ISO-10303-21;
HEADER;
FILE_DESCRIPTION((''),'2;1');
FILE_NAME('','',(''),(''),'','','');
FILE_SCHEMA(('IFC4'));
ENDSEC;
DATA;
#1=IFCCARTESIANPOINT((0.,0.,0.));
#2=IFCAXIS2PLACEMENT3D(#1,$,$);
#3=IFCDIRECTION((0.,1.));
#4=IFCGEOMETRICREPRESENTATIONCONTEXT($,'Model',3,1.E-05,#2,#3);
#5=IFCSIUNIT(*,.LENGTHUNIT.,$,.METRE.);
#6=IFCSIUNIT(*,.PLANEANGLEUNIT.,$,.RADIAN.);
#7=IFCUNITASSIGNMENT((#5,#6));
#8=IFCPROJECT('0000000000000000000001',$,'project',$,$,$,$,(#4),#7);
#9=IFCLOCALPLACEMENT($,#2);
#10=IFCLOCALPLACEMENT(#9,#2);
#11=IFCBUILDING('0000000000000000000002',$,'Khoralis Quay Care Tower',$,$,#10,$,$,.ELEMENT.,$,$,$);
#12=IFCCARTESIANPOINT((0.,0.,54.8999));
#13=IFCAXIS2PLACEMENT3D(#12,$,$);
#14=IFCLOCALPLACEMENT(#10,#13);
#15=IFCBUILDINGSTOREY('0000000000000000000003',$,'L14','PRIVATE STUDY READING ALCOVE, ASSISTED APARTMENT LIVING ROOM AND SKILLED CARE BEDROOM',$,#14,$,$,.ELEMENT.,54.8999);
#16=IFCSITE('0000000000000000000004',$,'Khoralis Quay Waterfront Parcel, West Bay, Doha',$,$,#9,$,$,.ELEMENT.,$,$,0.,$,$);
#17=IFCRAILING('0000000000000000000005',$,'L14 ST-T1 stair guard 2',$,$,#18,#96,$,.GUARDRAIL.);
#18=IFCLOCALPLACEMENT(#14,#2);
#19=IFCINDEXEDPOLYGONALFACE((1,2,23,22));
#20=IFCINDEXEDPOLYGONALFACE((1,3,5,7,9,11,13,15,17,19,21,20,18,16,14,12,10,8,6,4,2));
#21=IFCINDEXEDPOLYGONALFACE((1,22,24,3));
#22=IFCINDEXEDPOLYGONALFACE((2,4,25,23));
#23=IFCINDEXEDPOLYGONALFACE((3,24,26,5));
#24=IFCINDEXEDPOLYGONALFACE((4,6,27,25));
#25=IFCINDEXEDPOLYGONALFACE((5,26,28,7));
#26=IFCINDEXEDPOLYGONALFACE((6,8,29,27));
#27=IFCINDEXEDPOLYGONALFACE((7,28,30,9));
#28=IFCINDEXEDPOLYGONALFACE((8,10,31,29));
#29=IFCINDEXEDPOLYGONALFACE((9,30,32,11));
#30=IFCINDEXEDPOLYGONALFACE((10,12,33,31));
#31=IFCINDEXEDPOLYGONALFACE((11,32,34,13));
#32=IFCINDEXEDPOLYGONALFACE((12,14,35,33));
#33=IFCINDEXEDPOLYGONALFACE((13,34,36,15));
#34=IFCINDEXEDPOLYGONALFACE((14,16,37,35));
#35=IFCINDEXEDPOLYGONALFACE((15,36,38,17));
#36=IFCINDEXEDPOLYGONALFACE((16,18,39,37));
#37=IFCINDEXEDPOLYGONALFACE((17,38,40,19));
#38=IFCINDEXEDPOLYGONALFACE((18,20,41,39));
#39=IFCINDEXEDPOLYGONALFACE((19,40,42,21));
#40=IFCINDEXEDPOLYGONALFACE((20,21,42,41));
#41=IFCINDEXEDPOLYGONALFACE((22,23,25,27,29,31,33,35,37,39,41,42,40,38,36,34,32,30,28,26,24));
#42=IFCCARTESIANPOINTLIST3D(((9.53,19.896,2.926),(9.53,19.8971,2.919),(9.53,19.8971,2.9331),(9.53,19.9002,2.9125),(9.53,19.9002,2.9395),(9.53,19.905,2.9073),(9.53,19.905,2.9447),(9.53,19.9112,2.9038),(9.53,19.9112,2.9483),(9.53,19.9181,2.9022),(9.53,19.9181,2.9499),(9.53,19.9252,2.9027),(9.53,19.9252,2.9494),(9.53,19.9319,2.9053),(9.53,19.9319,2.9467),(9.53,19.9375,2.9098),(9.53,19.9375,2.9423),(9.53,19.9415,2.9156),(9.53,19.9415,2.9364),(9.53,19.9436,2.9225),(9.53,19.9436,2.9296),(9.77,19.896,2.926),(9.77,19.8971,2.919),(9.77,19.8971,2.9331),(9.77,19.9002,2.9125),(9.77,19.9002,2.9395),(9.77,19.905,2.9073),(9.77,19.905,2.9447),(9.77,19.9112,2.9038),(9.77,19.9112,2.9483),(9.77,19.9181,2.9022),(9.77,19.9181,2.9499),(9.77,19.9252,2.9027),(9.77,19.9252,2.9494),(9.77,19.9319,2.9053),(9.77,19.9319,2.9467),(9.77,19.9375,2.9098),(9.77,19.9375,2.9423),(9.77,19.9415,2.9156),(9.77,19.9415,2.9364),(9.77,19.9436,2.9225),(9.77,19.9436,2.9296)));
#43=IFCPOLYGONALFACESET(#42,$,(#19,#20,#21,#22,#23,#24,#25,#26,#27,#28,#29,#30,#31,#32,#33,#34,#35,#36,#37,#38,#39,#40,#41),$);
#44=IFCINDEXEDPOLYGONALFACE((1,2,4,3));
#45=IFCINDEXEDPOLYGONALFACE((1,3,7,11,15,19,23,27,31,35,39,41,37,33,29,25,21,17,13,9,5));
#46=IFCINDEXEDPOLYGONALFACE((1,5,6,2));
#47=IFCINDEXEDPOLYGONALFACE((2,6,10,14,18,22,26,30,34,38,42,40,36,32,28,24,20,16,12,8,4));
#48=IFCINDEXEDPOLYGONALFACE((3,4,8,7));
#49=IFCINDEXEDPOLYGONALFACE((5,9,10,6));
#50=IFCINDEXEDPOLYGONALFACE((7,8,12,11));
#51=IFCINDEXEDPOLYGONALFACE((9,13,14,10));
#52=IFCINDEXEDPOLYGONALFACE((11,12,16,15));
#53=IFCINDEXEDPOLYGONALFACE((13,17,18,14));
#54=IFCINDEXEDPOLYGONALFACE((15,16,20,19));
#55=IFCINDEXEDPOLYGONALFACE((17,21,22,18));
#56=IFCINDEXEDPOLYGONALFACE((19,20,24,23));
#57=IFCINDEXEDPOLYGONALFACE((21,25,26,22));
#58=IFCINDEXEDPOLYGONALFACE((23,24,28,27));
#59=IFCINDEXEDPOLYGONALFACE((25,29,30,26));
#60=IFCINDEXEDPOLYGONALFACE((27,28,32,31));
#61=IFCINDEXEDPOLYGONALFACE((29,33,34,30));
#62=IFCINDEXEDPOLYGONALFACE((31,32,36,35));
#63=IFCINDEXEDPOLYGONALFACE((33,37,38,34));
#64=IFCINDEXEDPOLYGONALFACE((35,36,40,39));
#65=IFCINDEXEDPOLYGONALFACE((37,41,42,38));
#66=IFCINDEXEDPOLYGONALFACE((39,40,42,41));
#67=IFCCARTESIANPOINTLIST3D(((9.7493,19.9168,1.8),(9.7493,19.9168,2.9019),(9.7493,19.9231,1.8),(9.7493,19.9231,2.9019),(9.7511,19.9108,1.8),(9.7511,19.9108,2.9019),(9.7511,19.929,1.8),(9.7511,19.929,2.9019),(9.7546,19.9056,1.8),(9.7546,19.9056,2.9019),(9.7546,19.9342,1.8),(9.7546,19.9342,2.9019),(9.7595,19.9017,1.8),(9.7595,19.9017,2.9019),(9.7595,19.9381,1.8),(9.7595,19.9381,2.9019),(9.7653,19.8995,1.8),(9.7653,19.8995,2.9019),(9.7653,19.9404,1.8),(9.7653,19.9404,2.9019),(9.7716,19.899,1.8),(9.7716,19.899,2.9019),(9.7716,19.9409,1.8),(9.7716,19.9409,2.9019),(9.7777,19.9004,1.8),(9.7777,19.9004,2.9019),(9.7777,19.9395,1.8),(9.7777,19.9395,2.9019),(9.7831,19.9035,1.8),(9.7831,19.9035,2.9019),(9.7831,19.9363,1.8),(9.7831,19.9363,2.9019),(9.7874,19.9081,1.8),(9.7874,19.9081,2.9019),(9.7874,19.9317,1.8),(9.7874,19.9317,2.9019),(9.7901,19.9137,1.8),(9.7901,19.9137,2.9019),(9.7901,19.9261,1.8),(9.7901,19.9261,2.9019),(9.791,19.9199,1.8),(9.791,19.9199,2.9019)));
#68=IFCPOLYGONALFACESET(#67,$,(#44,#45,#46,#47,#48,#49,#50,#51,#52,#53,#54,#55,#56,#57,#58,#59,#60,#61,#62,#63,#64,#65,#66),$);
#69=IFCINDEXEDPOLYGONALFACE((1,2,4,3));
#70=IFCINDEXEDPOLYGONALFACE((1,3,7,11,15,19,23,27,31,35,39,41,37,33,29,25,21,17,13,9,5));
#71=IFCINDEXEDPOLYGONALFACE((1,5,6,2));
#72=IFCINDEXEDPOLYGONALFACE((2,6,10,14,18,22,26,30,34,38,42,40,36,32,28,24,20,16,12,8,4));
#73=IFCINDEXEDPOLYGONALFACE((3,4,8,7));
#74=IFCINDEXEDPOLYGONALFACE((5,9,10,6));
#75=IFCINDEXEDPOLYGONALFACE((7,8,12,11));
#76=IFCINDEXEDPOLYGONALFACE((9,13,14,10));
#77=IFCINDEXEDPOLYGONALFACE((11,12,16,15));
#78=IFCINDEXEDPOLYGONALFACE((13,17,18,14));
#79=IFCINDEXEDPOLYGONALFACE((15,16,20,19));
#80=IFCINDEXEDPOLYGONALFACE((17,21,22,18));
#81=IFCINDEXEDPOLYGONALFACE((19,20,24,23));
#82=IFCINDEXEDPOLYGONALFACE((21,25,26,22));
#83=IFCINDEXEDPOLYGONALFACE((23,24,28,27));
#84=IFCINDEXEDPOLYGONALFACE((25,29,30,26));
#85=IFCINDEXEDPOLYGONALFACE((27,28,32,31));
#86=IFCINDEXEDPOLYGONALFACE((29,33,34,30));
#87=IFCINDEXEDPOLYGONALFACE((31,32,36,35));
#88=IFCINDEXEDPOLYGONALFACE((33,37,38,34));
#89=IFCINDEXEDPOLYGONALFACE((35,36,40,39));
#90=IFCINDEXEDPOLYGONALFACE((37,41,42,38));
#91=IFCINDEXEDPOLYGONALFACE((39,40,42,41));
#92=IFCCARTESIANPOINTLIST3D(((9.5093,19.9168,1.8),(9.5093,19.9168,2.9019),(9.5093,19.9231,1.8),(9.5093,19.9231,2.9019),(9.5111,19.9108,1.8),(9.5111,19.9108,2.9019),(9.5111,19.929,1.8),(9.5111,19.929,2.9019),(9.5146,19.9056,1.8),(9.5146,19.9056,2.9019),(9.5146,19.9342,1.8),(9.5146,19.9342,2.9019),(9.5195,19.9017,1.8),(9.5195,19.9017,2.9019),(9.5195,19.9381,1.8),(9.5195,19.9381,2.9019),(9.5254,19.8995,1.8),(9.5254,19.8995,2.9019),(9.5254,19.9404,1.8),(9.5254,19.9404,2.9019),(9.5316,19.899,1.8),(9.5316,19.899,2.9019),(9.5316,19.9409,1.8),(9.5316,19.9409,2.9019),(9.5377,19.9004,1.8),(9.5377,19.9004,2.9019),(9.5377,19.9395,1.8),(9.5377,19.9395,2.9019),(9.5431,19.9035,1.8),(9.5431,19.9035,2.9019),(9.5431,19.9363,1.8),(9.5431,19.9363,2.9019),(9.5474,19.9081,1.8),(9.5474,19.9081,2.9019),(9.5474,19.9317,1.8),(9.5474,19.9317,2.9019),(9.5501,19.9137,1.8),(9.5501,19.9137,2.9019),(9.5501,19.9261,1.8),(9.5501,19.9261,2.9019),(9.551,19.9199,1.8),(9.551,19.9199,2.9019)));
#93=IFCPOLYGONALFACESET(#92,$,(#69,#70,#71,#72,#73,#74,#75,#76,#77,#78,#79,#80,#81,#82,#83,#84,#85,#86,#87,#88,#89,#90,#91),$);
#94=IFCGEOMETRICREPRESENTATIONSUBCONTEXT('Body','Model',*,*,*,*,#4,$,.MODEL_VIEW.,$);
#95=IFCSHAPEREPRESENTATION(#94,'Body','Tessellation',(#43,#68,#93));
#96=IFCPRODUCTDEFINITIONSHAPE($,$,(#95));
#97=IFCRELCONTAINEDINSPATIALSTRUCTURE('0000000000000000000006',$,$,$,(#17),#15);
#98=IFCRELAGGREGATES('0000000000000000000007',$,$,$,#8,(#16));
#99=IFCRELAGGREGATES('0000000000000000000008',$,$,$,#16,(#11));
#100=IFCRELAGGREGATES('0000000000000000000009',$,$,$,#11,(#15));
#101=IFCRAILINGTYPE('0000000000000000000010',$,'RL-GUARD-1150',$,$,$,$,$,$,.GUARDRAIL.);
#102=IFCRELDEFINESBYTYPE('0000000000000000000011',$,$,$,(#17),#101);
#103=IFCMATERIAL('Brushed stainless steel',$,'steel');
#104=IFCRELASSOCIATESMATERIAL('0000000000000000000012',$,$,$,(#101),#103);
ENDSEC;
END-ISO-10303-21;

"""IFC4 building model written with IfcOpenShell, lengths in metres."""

from ifc_helpers import new_model, si_unit, direction, frame, origin, origin_2d, place, context, subcontext, project, spatial, circle, extrude, material, type_object, element, save


model = new_model("IFC4")

# Units and contexts
model_context = context("Model", 3, precision=1e-05, world=origin(), true_north=direction((0.0, 1.0)))
body_context = subcontext(model_context, "Body", "Model", "MODEL_VIEW")
ifc_project = project(units=[si_unit("LENGTHUNIT", "METRE"), si_unit("PLANEANGLEUNIT", "RADIAN")], contexts=[model_context])

# Site, building, storey
site_placement = place(None, origin())
site = spatial("IfcSite", under=ifc_project, at=site_placement, Name="Khoralis Quay Waterfront Parcel, West Bay, Doha", CompositionType="ELEMENT", RefElevation=0.0)
building_placement = place(site_placement, origin())
building = spatial("IfcBuilding", under=site, at=building_placement, Name="Khoralis Quay Care Tower", CompositionType="ELEMENT")
storey_placement = place(building_placement, frame((0.0, 0.0, 54.8999)))
storey = spatial("IfcBuildingStorey", under=building, at=storey_placement, Name="L14", Description="PRIVATE STUDY READING ALCOVE, ASSISTED APARTMENT LIVING ROOM AND SKILLED CARE BEDROOM", CompositionType="ELEMENT", Elevation=54.8999)

# Railing
ifc_material_1 = material(Name="Brushed stainless steel", Category="steel")
railing_type_1 = type_object("IfcRailingType", Name="RL-GUARD-1150", PredefinedType="GUARDRAIL", material=ifc_material_1)
railing_1_placement = place(storey_placement, frame((9.77, 19.9199, 1.8)))
element("IfcRailing", 1, at=railing_1_placement, inside=storey, type_object=railing_type_1, Name="L14 ST-T1 stair guard 2", PredefinedType="GUARDRAIL", context=body_context, shape_type="SweptSolid", body=[
    extrude(circle(Radius=0.0239, at=origin_2d()), frame((0.0, 0.0, 1.126), z_axis=(-1.0, 0.0, 0.0), x_axis=(0.0, -1.0, 0.0)), (0.0, 0.0, 1.0), 0.24),
    extrude(circle(Radius=0.021, at=origin_2d()), origin(), (0.0, 0.0, 1.0), 1.1018),
    extrude(circle(Radius=0.021, at=origin_2d()), frame((-0.24, 0.0, 0.0)), (0.0, 0.0, 1.0), 1.1018),
])

save(model, "model.ifc")
